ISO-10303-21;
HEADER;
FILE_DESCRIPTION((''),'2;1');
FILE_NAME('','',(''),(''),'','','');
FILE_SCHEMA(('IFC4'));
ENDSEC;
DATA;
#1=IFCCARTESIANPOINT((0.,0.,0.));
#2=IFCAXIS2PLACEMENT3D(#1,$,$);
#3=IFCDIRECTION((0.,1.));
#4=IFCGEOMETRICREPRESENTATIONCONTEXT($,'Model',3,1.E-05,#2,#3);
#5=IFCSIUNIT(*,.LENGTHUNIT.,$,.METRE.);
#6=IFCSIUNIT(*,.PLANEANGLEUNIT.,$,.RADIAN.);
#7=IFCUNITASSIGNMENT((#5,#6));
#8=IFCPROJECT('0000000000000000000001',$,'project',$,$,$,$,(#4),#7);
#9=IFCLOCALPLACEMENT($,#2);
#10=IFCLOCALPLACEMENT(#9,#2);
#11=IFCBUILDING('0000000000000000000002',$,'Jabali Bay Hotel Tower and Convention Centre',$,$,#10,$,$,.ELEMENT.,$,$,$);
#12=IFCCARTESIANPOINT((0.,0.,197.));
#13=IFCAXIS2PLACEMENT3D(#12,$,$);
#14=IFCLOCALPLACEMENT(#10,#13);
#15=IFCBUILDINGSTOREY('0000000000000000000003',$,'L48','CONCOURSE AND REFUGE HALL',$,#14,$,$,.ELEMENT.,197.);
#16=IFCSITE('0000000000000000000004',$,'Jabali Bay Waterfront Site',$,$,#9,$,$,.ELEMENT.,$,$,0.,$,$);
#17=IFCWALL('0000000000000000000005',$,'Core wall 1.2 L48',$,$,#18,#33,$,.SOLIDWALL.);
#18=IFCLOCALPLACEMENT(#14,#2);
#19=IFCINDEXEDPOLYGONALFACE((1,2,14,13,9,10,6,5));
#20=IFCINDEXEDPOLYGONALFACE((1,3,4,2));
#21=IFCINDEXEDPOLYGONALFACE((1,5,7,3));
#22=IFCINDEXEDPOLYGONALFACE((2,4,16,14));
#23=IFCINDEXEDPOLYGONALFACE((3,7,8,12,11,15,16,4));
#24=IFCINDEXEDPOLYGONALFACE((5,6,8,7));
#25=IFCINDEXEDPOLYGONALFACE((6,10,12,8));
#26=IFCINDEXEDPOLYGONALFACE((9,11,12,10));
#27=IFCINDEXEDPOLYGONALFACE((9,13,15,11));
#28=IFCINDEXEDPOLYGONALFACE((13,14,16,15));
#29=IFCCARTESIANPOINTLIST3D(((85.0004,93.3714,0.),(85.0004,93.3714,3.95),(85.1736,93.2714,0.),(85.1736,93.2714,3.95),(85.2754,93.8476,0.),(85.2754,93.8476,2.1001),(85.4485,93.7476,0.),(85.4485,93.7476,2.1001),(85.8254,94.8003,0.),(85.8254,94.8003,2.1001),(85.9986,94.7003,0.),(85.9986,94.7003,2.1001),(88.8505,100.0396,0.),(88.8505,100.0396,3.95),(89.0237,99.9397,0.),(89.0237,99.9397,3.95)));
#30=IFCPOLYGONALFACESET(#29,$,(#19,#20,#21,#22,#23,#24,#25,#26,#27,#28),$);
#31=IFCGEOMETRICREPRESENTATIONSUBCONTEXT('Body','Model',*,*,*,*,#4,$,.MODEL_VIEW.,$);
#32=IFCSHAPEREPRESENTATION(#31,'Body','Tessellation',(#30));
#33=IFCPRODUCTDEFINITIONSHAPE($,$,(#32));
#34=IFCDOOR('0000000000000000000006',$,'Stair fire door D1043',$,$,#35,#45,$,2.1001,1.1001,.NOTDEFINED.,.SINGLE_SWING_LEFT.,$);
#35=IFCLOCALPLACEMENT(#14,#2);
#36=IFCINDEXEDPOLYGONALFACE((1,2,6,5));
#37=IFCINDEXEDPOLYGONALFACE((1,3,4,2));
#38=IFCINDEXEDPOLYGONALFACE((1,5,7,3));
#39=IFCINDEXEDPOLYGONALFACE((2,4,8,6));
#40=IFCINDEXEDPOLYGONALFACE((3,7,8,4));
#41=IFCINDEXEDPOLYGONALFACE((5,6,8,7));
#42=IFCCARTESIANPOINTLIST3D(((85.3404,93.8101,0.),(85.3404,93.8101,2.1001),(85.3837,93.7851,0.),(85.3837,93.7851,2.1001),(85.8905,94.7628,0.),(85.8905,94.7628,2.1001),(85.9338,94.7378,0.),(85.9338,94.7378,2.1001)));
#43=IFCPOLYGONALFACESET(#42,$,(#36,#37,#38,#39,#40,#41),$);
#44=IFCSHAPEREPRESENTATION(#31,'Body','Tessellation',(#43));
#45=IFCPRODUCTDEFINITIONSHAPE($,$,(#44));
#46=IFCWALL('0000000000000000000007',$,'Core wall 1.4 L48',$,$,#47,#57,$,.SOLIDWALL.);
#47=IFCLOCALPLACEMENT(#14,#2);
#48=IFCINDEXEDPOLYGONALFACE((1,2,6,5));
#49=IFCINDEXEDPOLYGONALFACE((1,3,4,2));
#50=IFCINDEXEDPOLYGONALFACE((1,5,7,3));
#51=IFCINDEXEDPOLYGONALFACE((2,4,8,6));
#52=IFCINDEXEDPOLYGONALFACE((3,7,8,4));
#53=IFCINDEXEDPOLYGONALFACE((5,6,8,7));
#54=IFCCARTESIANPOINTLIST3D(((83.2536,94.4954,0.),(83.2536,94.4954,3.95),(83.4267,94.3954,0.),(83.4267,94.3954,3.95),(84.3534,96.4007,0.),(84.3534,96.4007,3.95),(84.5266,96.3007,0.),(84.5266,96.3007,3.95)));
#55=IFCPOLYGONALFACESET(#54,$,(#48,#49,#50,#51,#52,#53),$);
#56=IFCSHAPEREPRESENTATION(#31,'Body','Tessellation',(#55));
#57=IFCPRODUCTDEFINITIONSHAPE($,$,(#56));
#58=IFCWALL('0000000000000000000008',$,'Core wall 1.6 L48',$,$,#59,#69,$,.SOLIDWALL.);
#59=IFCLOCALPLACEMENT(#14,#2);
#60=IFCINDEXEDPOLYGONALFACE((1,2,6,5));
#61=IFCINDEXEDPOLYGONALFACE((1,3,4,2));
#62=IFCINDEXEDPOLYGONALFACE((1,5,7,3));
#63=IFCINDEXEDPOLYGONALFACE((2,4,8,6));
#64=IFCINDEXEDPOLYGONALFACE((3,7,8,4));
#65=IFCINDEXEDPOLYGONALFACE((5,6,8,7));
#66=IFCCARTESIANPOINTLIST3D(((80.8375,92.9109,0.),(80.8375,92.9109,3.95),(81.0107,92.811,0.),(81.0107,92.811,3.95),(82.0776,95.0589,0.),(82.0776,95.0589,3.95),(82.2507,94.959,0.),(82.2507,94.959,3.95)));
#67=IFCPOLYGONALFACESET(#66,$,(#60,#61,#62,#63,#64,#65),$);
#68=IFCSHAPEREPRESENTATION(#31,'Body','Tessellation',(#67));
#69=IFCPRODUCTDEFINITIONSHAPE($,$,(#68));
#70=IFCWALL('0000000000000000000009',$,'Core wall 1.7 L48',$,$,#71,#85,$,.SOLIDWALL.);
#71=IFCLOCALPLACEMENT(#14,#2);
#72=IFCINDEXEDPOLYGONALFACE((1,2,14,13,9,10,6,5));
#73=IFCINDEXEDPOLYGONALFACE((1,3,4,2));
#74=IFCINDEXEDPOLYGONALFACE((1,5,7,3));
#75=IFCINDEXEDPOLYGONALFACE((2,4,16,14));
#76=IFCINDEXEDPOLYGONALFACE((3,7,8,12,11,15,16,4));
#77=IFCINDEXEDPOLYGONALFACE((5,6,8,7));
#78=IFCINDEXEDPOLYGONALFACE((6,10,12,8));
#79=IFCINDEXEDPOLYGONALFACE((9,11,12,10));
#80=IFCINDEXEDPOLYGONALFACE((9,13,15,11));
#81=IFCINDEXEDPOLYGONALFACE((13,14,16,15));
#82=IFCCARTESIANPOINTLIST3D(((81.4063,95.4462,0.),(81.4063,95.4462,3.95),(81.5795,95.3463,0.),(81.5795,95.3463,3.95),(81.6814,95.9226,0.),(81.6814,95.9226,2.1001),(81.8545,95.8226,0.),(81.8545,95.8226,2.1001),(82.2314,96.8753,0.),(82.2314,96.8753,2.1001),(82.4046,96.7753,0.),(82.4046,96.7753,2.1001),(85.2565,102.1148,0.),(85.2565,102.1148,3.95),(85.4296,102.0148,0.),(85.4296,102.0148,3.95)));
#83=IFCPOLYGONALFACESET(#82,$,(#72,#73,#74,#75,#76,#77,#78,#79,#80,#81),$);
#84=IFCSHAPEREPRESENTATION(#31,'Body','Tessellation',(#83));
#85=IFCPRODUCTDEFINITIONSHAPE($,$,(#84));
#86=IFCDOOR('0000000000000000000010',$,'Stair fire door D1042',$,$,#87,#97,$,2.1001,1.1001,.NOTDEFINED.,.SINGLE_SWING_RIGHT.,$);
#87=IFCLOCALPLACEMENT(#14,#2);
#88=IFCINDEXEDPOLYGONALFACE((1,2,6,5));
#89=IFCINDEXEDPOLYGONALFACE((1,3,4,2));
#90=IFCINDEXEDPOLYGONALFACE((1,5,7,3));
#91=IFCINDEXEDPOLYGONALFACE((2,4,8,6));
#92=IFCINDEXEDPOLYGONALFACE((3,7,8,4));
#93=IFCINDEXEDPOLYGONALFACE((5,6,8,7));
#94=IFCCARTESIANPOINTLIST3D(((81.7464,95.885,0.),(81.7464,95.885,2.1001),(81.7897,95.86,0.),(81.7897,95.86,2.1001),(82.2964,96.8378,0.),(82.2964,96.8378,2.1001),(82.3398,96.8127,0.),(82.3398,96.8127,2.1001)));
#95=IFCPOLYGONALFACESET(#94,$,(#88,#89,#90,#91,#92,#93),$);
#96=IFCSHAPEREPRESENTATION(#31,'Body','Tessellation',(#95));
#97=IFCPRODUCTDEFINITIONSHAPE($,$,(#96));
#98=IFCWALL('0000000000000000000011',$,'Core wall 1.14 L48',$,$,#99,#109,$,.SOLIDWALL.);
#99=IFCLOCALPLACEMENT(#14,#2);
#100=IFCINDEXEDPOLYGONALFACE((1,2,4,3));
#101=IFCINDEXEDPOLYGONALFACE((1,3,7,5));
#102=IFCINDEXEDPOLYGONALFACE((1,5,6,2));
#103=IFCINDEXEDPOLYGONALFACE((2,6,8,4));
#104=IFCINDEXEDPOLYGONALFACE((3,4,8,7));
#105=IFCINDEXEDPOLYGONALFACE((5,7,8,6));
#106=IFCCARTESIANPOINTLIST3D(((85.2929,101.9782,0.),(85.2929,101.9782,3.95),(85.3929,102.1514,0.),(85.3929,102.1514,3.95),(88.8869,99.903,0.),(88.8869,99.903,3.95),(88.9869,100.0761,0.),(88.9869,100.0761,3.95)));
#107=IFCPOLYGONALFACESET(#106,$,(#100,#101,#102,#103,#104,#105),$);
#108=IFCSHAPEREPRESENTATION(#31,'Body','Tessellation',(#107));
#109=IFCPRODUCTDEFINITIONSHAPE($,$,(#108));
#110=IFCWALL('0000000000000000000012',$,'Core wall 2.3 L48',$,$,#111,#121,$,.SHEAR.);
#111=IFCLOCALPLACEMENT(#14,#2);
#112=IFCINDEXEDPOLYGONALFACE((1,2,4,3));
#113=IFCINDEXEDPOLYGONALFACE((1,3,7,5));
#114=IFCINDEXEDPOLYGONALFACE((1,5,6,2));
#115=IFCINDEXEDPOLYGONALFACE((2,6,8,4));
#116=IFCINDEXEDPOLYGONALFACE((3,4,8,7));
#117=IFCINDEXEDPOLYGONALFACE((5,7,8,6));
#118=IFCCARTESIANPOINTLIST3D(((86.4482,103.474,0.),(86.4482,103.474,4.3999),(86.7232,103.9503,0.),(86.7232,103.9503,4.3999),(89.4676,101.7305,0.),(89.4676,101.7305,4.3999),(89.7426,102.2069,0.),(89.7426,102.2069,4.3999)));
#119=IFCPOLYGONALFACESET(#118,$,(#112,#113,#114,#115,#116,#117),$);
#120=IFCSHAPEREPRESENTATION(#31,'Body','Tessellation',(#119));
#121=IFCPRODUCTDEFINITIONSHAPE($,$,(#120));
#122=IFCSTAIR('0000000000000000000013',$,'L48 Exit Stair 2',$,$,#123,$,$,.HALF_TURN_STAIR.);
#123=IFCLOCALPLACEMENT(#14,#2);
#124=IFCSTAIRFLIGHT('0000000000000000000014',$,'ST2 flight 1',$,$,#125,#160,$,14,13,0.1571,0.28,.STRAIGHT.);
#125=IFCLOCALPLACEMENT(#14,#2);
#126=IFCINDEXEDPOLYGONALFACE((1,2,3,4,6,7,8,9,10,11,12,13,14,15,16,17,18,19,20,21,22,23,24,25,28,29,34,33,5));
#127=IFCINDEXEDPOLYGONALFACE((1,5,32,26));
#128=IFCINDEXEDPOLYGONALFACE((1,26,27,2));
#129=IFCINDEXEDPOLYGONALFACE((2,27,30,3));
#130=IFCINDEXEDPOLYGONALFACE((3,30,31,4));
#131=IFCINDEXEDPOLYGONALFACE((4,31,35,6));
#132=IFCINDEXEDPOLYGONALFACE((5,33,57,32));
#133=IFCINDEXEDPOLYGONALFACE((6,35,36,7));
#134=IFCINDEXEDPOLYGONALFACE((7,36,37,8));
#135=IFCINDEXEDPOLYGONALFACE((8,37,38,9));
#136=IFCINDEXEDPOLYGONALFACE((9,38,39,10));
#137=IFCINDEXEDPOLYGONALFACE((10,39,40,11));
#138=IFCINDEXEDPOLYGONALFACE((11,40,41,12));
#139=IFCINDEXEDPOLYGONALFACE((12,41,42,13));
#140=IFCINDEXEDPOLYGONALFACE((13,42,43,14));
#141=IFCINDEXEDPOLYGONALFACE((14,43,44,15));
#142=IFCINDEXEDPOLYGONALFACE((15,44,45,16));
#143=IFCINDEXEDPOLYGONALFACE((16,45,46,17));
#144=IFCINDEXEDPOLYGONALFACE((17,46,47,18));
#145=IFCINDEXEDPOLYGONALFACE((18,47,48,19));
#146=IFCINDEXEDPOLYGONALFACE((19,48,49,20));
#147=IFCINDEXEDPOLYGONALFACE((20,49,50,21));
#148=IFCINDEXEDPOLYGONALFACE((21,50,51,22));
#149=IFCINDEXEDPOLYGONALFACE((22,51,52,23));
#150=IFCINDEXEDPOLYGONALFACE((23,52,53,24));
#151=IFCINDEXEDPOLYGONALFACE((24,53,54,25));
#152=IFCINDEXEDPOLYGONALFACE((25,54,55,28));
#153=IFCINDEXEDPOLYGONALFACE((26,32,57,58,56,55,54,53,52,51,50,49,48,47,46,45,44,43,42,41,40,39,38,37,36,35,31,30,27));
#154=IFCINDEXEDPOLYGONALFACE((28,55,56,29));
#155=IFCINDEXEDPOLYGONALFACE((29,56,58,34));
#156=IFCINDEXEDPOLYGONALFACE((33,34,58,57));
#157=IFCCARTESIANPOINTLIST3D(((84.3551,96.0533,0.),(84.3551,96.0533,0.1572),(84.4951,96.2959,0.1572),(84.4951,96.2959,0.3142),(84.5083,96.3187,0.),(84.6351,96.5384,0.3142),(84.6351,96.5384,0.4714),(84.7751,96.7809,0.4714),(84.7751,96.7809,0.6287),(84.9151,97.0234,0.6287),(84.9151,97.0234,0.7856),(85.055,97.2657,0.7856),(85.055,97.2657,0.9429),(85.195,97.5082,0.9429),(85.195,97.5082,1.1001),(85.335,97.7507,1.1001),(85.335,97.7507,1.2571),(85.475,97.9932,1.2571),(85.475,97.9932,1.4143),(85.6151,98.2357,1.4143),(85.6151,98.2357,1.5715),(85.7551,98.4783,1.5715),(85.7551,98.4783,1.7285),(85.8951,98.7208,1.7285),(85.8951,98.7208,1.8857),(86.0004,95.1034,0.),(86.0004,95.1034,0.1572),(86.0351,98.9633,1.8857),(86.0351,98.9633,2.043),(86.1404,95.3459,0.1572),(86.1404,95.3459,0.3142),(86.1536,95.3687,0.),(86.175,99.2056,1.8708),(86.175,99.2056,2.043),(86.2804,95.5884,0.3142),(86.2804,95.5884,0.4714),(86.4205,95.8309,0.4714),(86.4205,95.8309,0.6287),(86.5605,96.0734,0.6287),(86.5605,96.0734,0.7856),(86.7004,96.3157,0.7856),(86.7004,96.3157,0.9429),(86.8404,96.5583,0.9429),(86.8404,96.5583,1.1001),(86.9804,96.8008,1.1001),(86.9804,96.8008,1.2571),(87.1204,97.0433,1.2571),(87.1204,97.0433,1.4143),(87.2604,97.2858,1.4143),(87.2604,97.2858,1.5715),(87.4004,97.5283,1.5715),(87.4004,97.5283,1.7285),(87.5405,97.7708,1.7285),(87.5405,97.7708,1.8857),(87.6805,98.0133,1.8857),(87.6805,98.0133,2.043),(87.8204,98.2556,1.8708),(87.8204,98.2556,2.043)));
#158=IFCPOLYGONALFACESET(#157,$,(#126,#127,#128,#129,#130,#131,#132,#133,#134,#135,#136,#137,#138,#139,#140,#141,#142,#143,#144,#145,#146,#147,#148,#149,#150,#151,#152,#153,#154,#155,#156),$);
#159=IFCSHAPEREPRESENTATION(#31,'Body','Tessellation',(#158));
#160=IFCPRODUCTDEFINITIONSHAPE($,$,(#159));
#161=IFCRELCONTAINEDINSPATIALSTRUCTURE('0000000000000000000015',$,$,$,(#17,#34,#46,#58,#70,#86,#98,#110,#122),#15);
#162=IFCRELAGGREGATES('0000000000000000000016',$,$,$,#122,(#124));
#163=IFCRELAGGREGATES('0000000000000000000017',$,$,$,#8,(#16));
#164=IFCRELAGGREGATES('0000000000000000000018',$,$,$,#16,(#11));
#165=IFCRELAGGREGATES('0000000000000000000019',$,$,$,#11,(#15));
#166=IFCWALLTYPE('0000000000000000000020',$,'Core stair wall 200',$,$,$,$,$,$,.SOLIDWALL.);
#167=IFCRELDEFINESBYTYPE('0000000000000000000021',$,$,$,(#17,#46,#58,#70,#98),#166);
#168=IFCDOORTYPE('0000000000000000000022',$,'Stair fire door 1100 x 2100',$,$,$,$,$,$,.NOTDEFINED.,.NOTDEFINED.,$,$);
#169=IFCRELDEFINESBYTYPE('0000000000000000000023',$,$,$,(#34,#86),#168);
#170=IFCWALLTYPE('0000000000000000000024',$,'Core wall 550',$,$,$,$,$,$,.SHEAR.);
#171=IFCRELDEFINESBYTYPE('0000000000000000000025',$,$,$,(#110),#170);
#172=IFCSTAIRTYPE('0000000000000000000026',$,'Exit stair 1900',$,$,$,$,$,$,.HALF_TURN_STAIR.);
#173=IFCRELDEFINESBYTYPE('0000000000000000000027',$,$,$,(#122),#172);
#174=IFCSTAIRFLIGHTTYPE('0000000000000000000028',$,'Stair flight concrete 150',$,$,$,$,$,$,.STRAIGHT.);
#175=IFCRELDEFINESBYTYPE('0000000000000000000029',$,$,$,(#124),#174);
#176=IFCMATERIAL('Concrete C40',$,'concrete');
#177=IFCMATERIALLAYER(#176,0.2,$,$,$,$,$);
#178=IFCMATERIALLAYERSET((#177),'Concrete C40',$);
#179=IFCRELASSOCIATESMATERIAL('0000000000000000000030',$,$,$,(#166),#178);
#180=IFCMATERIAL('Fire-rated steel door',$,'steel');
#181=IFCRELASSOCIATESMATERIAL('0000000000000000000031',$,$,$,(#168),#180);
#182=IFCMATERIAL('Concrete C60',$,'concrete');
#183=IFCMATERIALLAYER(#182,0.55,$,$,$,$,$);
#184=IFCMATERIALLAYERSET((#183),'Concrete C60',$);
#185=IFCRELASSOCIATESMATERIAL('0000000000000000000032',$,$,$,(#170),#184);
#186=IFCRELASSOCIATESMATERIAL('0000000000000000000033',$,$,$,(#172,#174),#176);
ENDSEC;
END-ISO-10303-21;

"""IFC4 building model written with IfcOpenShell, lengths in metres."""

from ifc_helpers import new_model, si_unit, direction, frame, frame_2d, origin, place, context, subcontext, project, spatial, polyline, rectangle, outline, extrude, material, layer, layer_set, type_object, element, fill, aggregate, save


model = new_model("IFC4")

# Units and contexts
model_context = context("Model", 3, precision=1e-05, world=origin(), true_north=direction((0.0, 1.0)))
body_context = subcontext(model_context, "Body", "Model", "MODEL_VIEW")
ifc_project = project(units=[si_unit("LENGTHUNIT", "METRE"), si_unit("PLANEANGLEUNIT", "RADIAN")], contexts=[model_context])

# Site, building, storey
site_placement = place(None, origin())
site = spatial("IfcSite", under=ifc_project, at=site_placement, Name="Jabali Bay Waterfront Site", CompositionType="ELEMENT", RefElevation=0.0)
building_placement = place(site_placement, origin())
building = spatial("IfcBuilding", under=site, at=building_placement, Name="Jabali Bay Hotel Tower and Convention Centre", CompositionType="ELEMENT")
storey_placement = place(building_placement, frame((0.0, 0.0, 197.0)))
storey = spatial("IfcBuildingStorey", under=building, at=storey_placement, Name="L48", Description="CONCOURSE AND REFUGE HALL", CompositionType="ELEMENT", Elevation=197.0)

# Shared definitions
ifc_material_1 = material(Name="Concrete C60", Category="concrete")

# Shared definitions
ifc_material_2 = material(Name="Concrete C40", Category="concrete")

# Wall, opening, door
ifc_layer_1 = layer(ifc_material_2, 0.2)
ifc_layer_set_1 = layer_set([ifc_layer_1], Name="Concrete C40")
wall_type_1 = type_object("IfcWallType", Name="Core stair wall 200", PredefinedType="SOLIDWALL", material=ifc_layer_set_1)
wall_1_placement = place(storey_placement, frame((85.0869, 93.3213, 0.0), z_axis=(0.0, 0.0, 1.0), x_axis=(0.50002, 0.866014, 0.0)))
wall_1 = element("IfcWall", 1, at=wall_1_placement, inside=storey, type_object=wall_type_1, Name="Core wall 1.2 L48", PredefinedType="SOLIDWALL", context=body_context, shape_type="SweptSolid", body=[
    extrude(rectangle(XDim=7.7, YDim=0.2, at=frame_2d((3.8501, 0.0))), origin(), (0.0, 0.0, 1.0), 3.95),
])
opening_1_placement = place(wall_1_placement, frame((0.55, 0.0, 0.0)))
opening_1 = element("IfcOpeningElement", 2, at=opening_1_placement, cuts=wall_1, PredefinedType="OPENING", context=body_context, shape_type="SweptSolid", body=[
    extrude(rectangle(XDim=1.1001, YDim=2.1001, at=frame_2d((0.55, 1.05))), frame((0.0, 0.1104, 0.0), z_axis=(0.0, -1.0, 0.0), x_axis=(1.0, 0.0, 0.0)), (0.0, 0.0, 1.0), 0.2209),
])
ifc_material_3 = material(Name="Fire-rated steel door", Category="steel")
door_type = type_object("IfcDoorType", Name="Stair fire door 1100 x 2100", OperationType="NOTDEFINED", PredefinedType="NOTDEFINED", material=ifc_material_3)
door_1_placement = place(opening_1_placement, origin())
door_1 = element("IfcDoor", 3, at=door_1_placement, inside=storey, type_object=door_type, Name="Stair fire door D1043", OperationType="SINGLE_SWING_LEFT", OverallHeight=2.1001, OverallWidth=1.1001, PredefinedType="NOTDEFINED", context=body_context, shape_type="SweptSolid", body=[
    extrude(rectangle(XDim=1.1001, YDim=2.1001, at=frame_2d((0.55, 1.05))), frame((0.0, 0.0249, 0.0), z_axis=(0.0, -1.0, 0.0), x_axis=(1.0, 0.0, 0.0)), (0.0, 0.0, 1.0), 0.05),
])
fill(opening_1, door_1)

# Walls
wall_2_placement = place(storey_placement, frame((83.3401, 94.4453, 0.0), z_axis=(0.0, 0.0, 1.0), x_axis=(0.499947, 0.866056, 0.0)))
element("IfcWall", 4, at=wall_2_placement, inside=storey, type_object=wall_type_1, Name="Core wall 1.4 L48", PredefinedType="SOLIDWALL", context=body_context, shape_type="SweptSolid", body=[
    extrude(rectangle(XDim=2.2, YDim=0.2, at=frame_2d((1.1001, 0.0))), origin(), (0.0, 0.0, 1.0), 3.95),
])
wall_3_placement = place(storey_placement, frame((80.9241, 92.8608, 0.0), z_axis=(0.0, 0.0, 1.0), x_axis=(0.499961, 0.866048, 0.0)))
element("IfcWall", 5, at=wall_3_placement, inside=storey, type_object=wall_type_1, Name="Core wall 1.6 L48", PredefinedType="SOLIDWALL", context=body_context, shape_type="SweptSolid", body=[
    extrude(rectangle(XDim=2.4802, YDim=0.2, at=frame_2d((1.2402, 0.0))), origin(), (0.0, 0.0, 1.0), 3.95),
])

# Wall, opening, door
wall_4_placement = place(storey_placement, frame((81.4929, 95.3962, 0.0), z_axis=(0.0, 0.0, 1.0), x_axis=(0.500006, 0.866022, 0.0)))
wall_4 = element("IfcWall", 6, at=wall_4_placement, inside=storey, type_object=wall_type_1, Name="Core wall 1.7 L48", PredefinedType="SOLIDWALL", context=body_context, shape_type="SweptSolid", body=[
    extrude(rectangle(XDim=7.7002, YDim=0.2, at=frame_2d((3.8501, 0.0))), origin(), (0.0, 0.0, 1.0), 3.95),
])
opening_2_placement = place(wall_4_placement, frame((0.55, 0.0, 0.0)))
opening_2 = element("IfcOpeningElement", 7, at=opening_2_placement, cuts=wall_4, PredefinedType="OPENING", context=body_context, shape_type="SweptSolid", body=[
    extrude(rectangle(XDim=1.1001, YDim=2.1001, at=frame_2d((0.55, 1.05))), frame((0.0, 0.1104, 0.0), z_axis=(0.0, -1.0, 0.0), x_axis=(1.0, 0.0, 0.0)), (0.0, 0.0, 1.0), 0.2209),
])
door_2_placement = place(opening_2_placement, origin())
door_2 = element("IfcDoor", 8, at=door_2_placement, inside=storey, type_object=door_type, Name="Stair fire door D1042", OperationType="SINGLE_SWING_RIGHT", OverallHeight=2.1001, OverallWidth=1.1001, PredefinedType="NOTDEFINED", context=body_context, shape_type="SweptSolid", body=[
    extrude(rectangle(XDim=1.1001, YDim=2.1001, at=frame_2d((0.55, 1.05))), frame((0.0, 0.0249, 0.0), z_axis=(0.0, -1.0, 0.0), x_axis=(1.0, 0.0, 0.0)), (0.0, 0.0, 1.0), 0.05),
])
fill(opening_2, door_2)

# Walls
wall_5_placement = place(storey_placement, frame((88.937, 99.9895, 0.0), z_axis=(0.0, 0.0, 1.0), x_axis=(-0.866004, 0.500036, 0.0)))
element("IfcWall", 9, at=wall_5_placement, inside=storey, type_object=wall_type_1, Name="Core wall 1.14 L48", PredefinedType="SOLIDWALL", context=body_context, shape_type="SweptSolid", body=[
    extrude(rectangle(XDim=4.1501, YDim=0.2, at=frame_2d((2.0752, 0.0))), origin(), (0.0, 0.0, 1.0), 3.95),
])
ifc_layer_2 = layer(ifc_material_1, 0.55)
ifc_layer_set_2 = layer_set([ifc_layer_2], Name="Concrete C60")
wall_type_2 = type_object("IfcWallType", Name="Core wall 550", PredefinedType="SHEAR", material=ifc_layer_set_2)
wall_6_placement = place(storey_placement, frame((89.605, 101.9688, 0.0), z_axis=(0.0, 0.0, 1.0), x_axis=(-0.865998, 0.500048, 0.0)))
element("IfcWall", 10, at=wall_6_placement, inside=storey, type_object=wall_type_2, Name="Core wall 2.3 L48", PredefinedType="SHEAR", context=body_context, shape_type="SweptSolid", body=[
    extrude(rectangle(XDim=3.4866, YDim=0.55, at=frame_2d((1.7432, 0.0))), origin(), (0.0, 0.0, 1.0), 4.3999),
])

# Stair, stair flight
stair_type = type_object("IfcStairType", Name="Exit stair 1900", PredefinedType="HALF_TURN_STAIR", material=ifc_material_2)
stair_placement = place(storey_placement, origin())
stair = element("IfcStair", 11, at=stair_placement, inside=storey, type_object=stair_type, Name="L48 Exit Stair 2", PredefinedType="HALF_TURN_STAIR")
stair_flight_type = type_object("IfcStairFlightType", Name="Stair flight concrete 150", PredefinedType="STRAIGHT", material=ifc_material_2)
stair_flight_1_placement = place(storey_placement, frame((85.1777, 95.5784, 0.0), z_axis=(0.0, 0.0, 1.0), x_axis=(0.5, 0.866025, 0.0)))
stair_flight_1 = element("IfcStairFlight", 12, at=stair_flight_1_placement, type_object=stair_flight_type, Name="ST2 flight 1", NumberOfRisers=14, NumberOfTreads=13, PredefinedType="STRAIGHT", RiserHeight=0.1571, TreadLength=0.28, context=body_context, shape_type="SweptSolid", body=[
    extrude(outline(polyline([(0.0, 0.0), (0.0, 0.1572), (0.28, 0.1572), (0.28, 0.3142), (0.5601, 0.3142), (0.5601, 0.4714), (0.8401, 0.4714), (0.8401, 0.6287), (1.1201, 0.6287), (1.1201, 0.7856), (1.3999, 0.7856), (1.3999, 0.9429), (1.6799, 0.9429), (1.6799, 1.1001), (1.96, 1.1001), (1.96, 1.2571), (2.24, 1.2571), (2.24, 1.4143), (2.52, 1.4143), (2.52, 1.5715), (2.8, 1.5715), (2.8, 1.7285), (3.0801, 1.7285), (3.0801, 1.8857), (3.3601, 1.8857), (3.3601, 2.043), (3.6399, 2.043), (3.6399, 2.2), (3.6399, 1.8708), (0.3064, 0.0), (0.0, 0.0)])), frame((0.0, 0.95, 0.0), z_axis=(0.0, -1.0, 0.0), x_axis=(1.0, 0.0, 0.0)), (0.0, 0.0, 1.0), 1.8999),
])
aggregate(stair, [stair_flight_1])

save(model, "model.ifc")
